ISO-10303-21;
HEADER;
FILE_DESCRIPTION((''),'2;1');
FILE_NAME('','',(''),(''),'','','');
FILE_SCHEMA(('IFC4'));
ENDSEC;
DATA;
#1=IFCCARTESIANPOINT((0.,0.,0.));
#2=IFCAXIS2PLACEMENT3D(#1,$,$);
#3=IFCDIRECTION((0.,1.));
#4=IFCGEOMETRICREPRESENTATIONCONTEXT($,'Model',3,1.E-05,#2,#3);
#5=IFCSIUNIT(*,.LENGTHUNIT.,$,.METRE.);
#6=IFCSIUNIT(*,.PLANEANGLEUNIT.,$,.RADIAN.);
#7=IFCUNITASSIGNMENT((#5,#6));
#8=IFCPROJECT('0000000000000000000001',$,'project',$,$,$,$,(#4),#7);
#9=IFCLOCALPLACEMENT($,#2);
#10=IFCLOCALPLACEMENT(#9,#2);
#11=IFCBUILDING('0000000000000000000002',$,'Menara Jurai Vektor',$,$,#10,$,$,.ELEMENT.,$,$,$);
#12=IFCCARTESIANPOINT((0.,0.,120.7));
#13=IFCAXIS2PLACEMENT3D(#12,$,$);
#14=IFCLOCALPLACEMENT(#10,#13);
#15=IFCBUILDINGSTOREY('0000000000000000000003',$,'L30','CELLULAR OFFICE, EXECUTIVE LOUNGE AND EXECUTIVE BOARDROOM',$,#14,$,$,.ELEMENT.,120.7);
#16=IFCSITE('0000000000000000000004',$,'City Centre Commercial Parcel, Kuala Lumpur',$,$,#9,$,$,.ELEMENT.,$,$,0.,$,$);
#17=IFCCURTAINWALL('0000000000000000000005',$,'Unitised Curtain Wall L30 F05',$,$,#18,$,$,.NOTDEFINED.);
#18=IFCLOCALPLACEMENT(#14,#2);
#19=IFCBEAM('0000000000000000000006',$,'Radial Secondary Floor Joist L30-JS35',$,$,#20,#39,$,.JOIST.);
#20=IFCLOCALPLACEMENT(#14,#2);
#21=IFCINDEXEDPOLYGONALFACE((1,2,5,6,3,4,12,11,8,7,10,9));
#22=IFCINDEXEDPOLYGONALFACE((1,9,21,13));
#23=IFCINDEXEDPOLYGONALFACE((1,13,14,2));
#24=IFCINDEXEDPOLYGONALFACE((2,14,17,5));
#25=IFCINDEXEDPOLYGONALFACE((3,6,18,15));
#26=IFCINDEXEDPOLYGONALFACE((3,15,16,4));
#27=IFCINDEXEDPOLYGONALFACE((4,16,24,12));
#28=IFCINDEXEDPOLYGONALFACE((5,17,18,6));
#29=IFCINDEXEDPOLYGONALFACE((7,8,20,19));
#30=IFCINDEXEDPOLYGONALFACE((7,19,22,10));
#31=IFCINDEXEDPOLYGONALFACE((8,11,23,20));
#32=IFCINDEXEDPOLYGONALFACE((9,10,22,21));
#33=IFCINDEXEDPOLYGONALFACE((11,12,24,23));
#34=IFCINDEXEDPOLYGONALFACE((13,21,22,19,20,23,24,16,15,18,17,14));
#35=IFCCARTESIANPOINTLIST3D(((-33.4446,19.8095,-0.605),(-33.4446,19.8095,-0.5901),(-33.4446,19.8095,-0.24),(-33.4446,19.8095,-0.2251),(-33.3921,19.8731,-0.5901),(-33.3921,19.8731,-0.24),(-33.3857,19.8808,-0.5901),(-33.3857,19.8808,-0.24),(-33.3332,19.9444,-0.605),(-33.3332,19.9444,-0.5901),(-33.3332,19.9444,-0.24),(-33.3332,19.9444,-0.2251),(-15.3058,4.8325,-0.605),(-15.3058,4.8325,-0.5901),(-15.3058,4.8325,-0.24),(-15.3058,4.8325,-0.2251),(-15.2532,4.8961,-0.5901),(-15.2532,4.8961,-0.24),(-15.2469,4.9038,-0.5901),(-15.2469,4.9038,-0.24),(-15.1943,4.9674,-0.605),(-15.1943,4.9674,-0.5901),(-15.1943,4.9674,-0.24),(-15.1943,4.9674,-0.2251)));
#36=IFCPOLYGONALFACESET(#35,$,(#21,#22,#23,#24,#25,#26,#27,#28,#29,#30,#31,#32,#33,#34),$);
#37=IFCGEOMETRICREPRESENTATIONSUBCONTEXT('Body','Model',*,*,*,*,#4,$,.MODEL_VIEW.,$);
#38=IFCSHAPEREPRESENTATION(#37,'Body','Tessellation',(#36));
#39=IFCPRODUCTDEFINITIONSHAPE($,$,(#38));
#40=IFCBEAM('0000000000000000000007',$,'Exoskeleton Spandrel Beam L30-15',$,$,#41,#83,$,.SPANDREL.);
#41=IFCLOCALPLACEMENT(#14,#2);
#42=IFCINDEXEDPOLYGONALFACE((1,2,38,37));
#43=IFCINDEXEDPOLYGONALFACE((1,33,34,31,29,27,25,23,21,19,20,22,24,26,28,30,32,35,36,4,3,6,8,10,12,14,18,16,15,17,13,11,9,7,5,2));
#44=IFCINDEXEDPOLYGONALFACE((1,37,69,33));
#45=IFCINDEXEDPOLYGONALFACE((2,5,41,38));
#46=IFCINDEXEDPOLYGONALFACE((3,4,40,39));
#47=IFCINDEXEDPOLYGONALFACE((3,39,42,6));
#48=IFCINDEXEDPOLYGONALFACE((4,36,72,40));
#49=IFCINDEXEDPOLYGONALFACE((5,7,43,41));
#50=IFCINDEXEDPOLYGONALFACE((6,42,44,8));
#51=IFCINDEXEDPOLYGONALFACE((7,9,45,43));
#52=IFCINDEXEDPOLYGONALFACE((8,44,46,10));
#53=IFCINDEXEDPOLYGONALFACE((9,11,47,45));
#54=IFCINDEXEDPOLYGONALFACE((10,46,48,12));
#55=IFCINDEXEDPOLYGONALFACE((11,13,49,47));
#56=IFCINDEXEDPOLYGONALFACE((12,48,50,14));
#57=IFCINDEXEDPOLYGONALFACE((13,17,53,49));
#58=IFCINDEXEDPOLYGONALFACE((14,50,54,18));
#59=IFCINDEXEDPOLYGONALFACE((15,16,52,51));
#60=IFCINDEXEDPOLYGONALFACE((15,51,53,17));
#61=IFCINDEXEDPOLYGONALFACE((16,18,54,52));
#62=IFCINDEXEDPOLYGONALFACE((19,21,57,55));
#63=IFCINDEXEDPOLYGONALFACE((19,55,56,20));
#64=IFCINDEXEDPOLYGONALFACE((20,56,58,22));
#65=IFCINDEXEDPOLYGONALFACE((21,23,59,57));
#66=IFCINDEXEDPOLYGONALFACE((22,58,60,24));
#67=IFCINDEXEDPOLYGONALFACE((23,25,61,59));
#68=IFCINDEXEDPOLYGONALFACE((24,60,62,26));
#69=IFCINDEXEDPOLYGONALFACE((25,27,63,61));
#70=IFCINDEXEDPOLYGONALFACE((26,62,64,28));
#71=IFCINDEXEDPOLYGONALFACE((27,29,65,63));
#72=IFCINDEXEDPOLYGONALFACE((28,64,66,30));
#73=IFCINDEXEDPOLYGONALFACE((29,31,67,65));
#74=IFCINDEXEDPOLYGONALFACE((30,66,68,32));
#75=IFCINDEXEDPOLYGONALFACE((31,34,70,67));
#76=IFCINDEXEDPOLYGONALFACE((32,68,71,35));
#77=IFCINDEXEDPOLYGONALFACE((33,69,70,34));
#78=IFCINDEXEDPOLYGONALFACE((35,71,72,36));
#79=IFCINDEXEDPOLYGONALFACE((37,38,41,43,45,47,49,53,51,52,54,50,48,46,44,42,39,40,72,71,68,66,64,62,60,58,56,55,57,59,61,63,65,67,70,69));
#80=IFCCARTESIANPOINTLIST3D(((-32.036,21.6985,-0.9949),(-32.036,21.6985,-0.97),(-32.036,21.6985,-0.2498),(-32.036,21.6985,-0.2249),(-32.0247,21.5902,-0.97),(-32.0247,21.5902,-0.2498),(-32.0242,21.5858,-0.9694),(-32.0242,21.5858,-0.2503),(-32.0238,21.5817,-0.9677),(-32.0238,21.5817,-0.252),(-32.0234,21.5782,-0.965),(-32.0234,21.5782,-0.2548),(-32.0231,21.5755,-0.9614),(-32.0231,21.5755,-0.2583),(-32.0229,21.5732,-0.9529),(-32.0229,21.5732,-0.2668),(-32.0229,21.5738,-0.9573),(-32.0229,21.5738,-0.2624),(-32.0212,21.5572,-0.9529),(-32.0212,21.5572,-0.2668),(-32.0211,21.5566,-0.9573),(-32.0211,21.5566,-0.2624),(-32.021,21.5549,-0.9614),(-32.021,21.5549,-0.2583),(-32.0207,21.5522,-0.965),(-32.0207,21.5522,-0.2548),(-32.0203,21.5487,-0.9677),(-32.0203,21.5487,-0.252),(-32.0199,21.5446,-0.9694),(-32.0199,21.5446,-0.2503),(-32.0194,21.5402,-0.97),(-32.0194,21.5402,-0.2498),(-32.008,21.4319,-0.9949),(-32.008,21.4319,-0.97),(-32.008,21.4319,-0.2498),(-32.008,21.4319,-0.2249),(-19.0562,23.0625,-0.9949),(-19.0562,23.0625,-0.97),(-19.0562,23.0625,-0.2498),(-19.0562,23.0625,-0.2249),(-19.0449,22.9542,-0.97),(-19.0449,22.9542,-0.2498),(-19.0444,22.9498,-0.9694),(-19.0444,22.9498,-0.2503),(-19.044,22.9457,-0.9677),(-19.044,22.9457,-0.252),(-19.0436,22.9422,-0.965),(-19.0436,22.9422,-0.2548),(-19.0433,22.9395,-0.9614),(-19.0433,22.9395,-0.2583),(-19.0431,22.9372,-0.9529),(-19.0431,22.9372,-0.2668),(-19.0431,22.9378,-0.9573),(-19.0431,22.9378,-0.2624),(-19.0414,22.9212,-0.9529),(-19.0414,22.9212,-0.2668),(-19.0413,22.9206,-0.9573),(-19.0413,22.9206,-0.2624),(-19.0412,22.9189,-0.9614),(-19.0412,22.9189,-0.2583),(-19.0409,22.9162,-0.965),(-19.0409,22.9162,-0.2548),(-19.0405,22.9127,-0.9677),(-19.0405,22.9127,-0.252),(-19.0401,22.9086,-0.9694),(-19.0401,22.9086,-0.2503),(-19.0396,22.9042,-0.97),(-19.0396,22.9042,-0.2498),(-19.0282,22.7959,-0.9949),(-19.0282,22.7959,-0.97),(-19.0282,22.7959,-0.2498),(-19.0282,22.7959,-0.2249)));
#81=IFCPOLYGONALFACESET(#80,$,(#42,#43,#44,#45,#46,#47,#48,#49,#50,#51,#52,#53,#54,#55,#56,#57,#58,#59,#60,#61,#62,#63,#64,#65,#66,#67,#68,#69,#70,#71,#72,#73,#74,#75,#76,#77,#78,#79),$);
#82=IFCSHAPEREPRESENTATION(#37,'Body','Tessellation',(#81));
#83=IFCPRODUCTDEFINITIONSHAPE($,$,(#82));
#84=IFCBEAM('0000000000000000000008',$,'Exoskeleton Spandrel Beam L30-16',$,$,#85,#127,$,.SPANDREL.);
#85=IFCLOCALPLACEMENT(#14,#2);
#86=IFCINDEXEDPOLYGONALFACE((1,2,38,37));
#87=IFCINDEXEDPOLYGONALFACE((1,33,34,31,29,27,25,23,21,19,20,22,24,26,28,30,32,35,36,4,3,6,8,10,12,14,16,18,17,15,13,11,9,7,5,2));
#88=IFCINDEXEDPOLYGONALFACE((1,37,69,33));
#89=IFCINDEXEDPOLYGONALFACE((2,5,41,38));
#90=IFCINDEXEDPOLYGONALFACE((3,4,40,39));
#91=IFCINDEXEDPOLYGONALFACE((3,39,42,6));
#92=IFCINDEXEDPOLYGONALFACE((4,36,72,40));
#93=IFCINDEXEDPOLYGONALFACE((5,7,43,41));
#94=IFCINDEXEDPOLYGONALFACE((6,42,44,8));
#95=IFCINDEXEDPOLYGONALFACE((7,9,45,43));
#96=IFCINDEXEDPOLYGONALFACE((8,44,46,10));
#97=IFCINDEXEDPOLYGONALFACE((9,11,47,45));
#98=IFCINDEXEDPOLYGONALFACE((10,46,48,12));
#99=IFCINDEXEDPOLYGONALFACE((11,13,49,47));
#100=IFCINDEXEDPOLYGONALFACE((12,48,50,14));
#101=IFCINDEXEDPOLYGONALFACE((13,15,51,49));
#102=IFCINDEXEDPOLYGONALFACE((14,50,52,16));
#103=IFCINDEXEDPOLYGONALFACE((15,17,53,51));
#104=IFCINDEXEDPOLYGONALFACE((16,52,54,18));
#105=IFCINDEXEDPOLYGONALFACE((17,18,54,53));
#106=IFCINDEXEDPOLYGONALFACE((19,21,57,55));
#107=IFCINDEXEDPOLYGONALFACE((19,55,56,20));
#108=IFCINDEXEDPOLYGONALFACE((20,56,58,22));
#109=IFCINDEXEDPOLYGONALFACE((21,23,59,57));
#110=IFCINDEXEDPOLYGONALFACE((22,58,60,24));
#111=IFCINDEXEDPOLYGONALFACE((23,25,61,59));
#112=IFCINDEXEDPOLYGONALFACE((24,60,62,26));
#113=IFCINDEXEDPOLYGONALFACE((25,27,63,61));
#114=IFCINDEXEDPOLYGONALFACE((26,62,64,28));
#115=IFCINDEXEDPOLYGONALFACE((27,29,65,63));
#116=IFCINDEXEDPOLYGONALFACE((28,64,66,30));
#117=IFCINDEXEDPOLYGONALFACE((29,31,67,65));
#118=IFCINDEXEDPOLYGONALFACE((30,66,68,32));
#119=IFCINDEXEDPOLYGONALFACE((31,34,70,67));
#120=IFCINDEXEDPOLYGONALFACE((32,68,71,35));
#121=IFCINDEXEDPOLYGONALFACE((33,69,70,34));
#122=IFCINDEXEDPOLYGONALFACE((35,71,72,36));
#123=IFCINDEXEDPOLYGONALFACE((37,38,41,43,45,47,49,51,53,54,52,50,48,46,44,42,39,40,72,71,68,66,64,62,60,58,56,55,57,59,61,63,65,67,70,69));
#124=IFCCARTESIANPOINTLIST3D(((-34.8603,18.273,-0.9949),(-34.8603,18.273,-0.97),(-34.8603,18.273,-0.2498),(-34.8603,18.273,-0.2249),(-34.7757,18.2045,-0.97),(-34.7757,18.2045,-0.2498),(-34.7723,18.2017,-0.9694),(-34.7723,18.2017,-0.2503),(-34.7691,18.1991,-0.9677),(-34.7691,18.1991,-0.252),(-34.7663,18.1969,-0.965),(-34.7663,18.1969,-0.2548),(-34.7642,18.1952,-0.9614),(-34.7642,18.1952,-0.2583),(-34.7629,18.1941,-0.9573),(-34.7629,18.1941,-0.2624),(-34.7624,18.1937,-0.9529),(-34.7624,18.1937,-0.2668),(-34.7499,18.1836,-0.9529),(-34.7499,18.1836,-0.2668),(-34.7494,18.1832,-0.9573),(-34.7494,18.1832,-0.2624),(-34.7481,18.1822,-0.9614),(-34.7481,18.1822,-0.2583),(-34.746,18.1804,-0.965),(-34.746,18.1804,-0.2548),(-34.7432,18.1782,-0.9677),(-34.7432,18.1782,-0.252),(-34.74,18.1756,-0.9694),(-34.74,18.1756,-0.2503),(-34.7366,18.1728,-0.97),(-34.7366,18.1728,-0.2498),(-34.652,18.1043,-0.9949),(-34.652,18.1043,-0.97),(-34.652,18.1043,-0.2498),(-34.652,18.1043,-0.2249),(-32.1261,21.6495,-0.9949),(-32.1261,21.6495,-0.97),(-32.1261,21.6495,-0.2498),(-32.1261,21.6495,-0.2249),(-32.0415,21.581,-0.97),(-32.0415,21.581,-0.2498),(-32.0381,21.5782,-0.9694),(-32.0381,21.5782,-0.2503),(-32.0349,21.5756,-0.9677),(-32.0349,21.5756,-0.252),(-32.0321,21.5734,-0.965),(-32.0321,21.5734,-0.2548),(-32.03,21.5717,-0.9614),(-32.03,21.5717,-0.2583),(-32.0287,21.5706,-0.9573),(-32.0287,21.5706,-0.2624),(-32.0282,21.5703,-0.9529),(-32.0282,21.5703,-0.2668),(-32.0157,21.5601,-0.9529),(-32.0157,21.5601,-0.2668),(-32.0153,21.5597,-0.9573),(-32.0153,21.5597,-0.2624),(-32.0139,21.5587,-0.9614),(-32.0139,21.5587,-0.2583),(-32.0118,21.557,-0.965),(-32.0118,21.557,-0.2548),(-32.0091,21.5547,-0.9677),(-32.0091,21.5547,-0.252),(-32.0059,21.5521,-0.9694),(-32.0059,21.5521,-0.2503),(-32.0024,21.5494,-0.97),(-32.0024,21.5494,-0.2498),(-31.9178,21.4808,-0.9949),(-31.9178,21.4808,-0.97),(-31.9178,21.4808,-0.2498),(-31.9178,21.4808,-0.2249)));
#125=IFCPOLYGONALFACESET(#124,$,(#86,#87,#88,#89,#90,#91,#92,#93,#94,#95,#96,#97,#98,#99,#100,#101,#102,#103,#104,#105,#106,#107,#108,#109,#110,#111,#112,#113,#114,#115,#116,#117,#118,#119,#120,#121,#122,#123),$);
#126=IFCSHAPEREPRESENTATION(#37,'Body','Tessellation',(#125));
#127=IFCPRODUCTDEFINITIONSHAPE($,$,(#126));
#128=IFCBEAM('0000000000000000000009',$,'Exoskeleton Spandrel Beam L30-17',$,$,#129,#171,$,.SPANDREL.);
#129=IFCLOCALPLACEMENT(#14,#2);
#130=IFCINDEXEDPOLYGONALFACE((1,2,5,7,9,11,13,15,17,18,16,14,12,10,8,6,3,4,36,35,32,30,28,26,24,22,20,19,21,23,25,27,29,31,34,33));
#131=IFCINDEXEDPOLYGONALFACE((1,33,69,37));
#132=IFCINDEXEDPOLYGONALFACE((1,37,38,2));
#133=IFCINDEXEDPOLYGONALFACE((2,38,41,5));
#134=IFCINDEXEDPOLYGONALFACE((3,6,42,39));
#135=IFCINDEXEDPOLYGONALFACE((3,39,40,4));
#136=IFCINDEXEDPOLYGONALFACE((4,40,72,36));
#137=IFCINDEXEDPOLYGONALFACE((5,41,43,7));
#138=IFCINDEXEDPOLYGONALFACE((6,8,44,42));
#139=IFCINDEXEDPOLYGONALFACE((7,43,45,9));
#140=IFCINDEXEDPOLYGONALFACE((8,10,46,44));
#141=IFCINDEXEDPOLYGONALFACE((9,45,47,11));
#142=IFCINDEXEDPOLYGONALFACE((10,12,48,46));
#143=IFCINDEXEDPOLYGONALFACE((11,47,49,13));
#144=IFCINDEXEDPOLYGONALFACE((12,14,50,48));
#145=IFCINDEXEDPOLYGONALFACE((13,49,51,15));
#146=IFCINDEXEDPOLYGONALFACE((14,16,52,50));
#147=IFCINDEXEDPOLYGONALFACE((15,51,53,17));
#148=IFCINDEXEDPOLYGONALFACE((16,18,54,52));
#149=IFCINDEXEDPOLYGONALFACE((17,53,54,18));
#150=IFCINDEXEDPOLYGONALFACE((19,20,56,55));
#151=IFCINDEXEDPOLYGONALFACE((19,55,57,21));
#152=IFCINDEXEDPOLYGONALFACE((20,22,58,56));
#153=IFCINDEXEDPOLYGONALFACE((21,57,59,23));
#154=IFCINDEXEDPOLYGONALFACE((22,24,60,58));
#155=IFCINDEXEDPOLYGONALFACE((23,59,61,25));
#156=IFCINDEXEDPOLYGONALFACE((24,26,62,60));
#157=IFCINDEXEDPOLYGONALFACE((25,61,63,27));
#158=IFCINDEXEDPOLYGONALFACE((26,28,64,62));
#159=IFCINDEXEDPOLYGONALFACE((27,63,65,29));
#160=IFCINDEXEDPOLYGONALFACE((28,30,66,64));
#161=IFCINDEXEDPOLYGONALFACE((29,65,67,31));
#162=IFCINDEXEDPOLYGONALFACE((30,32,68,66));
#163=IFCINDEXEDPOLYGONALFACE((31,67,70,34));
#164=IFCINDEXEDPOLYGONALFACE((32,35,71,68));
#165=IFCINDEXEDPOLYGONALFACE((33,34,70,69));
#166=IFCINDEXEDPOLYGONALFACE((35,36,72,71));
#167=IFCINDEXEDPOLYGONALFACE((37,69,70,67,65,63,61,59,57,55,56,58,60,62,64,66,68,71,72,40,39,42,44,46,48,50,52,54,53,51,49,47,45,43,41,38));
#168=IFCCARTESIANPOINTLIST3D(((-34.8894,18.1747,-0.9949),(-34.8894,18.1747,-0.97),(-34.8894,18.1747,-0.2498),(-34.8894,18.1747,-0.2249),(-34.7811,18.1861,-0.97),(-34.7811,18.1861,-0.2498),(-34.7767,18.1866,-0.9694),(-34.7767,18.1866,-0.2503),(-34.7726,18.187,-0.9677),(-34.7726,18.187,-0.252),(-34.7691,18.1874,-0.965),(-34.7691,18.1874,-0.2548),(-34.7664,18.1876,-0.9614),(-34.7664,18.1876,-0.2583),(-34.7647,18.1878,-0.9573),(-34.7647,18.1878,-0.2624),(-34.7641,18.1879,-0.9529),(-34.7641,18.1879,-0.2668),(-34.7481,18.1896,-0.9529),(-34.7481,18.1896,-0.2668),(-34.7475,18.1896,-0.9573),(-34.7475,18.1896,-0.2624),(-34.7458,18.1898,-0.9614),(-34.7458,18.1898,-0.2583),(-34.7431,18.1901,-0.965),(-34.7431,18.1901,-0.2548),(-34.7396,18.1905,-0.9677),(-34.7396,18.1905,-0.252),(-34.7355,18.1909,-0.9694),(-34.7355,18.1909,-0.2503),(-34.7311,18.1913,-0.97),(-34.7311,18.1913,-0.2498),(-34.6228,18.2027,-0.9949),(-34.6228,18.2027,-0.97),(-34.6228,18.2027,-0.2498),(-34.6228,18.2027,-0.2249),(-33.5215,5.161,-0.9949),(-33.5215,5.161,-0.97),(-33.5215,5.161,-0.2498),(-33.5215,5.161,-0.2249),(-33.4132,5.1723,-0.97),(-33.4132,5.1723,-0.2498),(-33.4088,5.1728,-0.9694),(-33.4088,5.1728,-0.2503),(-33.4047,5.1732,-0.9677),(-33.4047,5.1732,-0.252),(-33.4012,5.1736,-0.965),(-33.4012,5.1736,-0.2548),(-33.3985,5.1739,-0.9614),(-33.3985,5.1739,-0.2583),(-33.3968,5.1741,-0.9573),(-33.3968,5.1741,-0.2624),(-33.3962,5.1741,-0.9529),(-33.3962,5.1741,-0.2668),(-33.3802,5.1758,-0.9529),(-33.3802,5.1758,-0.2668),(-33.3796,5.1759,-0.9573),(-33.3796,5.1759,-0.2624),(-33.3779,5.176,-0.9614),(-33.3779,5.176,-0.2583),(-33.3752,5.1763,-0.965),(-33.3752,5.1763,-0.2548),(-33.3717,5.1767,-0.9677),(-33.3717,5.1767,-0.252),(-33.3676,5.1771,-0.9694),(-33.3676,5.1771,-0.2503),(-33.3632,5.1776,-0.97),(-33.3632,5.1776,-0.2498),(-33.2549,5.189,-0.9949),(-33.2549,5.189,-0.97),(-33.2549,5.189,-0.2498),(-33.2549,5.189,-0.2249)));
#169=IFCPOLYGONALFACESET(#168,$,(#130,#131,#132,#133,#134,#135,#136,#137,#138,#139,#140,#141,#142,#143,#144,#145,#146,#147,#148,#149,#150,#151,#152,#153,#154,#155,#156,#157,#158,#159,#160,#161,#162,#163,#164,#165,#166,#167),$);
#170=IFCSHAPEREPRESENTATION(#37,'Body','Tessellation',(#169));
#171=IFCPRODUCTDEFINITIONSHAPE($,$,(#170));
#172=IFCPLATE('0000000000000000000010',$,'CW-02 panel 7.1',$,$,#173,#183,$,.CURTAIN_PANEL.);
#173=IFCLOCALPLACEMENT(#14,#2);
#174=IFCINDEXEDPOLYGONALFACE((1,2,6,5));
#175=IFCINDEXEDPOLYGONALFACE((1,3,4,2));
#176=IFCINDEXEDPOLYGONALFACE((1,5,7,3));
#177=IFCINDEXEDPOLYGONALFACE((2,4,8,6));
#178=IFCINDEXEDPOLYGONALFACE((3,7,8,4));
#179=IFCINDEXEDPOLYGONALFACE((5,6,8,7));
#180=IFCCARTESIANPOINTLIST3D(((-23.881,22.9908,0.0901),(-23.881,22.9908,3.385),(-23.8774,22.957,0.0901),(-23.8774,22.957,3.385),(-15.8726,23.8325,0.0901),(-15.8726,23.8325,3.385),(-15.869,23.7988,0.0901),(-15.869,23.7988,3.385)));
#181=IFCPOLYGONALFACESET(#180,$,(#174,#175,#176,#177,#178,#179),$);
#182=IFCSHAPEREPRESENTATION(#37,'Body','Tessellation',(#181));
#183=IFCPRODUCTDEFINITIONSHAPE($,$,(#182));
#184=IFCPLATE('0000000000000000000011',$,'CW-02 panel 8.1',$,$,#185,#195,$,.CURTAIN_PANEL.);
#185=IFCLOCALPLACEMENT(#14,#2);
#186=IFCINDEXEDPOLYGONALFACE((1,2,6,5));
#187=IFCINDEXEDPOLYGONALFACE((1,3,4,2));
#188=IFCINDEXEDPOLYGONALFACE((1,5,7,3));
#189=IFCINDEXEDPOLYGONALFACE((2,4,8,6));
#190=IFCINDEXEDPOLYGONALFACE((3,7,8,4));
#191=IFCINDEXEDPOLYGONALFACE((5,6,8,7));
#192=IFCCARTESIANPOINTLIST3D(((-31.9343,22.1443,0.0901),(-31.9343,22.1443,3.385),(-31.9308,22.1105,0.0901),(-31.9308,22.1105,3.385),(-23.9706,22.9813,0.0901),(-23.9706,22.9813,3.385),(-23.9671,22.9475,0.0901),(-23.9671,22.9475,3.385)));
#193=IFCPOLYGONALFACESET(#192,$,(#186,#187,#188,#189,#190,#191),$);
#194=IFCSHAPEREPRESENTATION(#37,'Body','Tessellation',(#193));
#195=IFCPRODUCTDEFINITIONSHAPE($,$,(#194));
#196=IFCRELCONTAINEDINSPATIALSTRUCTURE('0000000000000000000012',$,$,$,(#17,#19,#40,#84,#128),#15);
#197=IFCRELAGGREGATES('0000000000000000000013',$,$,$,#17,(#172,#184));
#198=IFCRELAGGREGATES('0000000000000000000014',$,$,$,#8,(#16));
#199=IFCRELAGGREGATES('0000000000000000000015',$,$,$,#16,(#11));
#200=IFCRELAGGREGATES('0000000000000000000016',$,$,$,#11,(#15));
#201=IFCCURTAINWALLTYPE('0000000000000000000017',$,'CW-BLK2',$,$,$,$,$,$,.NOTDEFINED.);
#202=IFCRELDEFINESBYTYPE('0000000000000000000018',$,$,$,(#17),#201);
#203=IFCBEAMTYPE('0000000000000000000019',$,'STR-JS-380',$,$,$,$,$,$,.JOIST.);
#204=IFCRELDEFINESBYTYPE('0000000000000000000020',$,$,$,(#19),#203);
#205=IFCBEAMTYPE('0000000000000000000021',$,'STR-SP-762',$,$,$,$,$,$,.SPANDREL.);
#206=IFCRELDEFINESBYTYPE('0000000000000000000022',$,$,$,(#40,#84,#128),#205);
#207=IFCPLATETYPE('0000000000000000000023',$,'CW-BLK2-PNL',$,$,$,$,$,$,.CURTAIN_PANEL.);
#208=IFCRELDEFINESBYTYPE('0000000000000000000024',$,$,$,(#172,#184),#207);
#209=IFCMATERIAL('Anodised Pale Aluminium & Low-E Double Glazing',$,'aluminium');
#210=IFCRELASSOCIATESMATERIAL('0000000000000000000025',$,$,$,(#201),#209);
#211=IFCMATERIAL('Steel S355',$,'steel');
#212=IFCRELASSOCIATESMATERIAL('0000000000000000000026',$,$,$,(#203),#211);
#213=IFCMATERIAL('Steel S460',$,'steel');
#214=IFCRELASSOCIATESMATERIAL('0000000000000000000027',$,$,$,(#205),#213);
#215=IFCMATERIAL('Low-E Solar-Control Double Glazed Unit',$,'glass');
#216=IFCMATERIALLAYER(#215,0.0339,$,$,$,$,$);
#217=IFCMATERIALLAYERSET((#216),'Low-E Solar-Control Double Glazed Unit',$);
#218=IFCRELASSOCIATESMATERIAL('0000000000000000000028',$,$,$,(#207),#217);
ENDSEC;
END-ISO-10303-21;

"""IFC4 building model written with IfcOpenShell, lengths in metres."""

from ifc_helpers import new_model, si_unit, direction, frame, origin, origin_2d, place, context, subcontext, project, spatial, rectangle, i_section, extrude, material, layer, layer_set, material_profile, profile_set, type_object, element, aggregate, save


model = new_model("IFC4")

# Units and contexts
model_context = context("Model", 3, precision=1e-05, world=origin(), true_north=direction((0.0, 1.0)))
body_context = subcontext(model_context, "Body", "Model", "MODEL_VIEW")
ifc_project = project(units=[si_unit("LENGTHUNIT", "METRE"), si_unit("PLANEANGLEUNIT", "RADIAN")], contexts=[model_context])

# Site, building, storey
site_placement = place(None, origin())
site = spatial("IfcSite", under=ifc_project, at=site_placement, Name="City Centre Commercial Parcel, Kuala Lumpur", CompositionType="ELEMENT", RefElevation=0.0)
building_placement = place(site_placement, origin())
building = spatial("IfcBuilding", under=site, at=building_placement, Name="Menara Jurai Vektor", CompositionType="ELEMENT")
storey_placement = place(building_placement, frame((0.0, 0.0, 120.7)))
storey = spatial("IfcBuildingStorey", under=building, at=storey_placement, Name="L30", Description="CELLULAR OFFICE, EXECUTIVE LOUNGE AND EXECUTIVE BOARDROOM", CompositionType="ELEMENT", Elevation=120.7)

# Shared definitions
ifc_material_1 = material(Name="Steel S460", Category="steel")

# Curtain wall
ifc_material_2 = material(Name="Anodised Pale Aluminium & Low-E Double Glazing", Category="aluminium")
curtain_wall_type = type_object("IfcCurtainWallType", Name="CW-BLK2", PredefinedType="NOTDEFINED", material=ifc_material_2)
curtain_wall_1_placement = place(storey_placement, origin())
curtain_wall_1 = element("IfcCurtainWall", 1, at=curtain_wall_1_placement, inside=storey, type_object=curtain_wall_type, Name="Unitised Curtain Wall L30 F05", PredefinedType="NOTDEFINED")

# Shared definitions
ifc_material_3 = material(Name="Steel S355", Category="steel")

# Beams
ifc_material_profile_1 = material_profile(ifc_material_3, i_section(OverallWidth=0.175, OverallDepth=0.3799, WebThickness=0.01, FlangeThickness=0.0149, at=origin_2d()), Name="PG 380x175x58")
ifc_profile_set_1 = profile_set([ifc_material_profile_1], Name="Steel S355")
beam_type_1 = type_object("IfcBeamType", Name="STR-JS-380", PredefinedType="JOIST", material=ifc_profile_set_1)
beam_1_placement = place(storey_placement, frame((-33.3889, 19.877, -0.415), z_axis=(0.771114, -0.636698, 0.0), x_axis=(0.636698, 0.771114, 0.0)))
element("IfcBeam", 2, at=beam_1_placement, inside=storey, type_object=beam_type_1, Name="Radial Secondary Floor Joist L30-JS35", PredefinedType="JOIST", context=body_context, shape_type="SweptSolid", body=[
    extrude(i_section(OverallWidth=0.175, OverallDepth=0.3799, WebThickness=0.01, FlangeThickness=0.0149, at=origin_2d()), origin(), (0.0, 0.0, 1.0), 23.5229),
])
ifc_material_profile_2 = material_profile(ifc_material_1, i_section(OverallWidth=0.2681, OverallDepth=0.77, WebThickness=0.0161, FlangeThickness=0.0249, FilletRadius=0.0171, at=origin_2d()), Name="UKB 762x267x197")
ifc_profile_set_2 = profile_set([ifc_material_profile_2], Name="Steel S460")
beam_type_2 = type_object("IfcBeamType", Name="STR-SP-762", PredefinedType="SPANDREL", material=ifc_profile_set_2)
beam_2_placement = place(storey_placement, frame((-19.0422, 22.9292, -0.6099), z_axis=(-0.994524, -0.104512, 0.0), x_axis=(0.104512, -0.994524, 0.0)))
element("IfcBeam", 3, at=beam_2_placement, inside=storey, type_object=beam_type_2, Name="Exoskeleton Spandrel Beam L30-15", PredefinedType="SPANDREL", context=body_context, shape_type="SweptSolid", body=[
    extrude(i_section(OverallWidth=0.2681, OverallDepth=0.77, WebThickness=0.0161, FlangeThickness=0.0249, FilletRadius=0.0171, at=origin_2d()), origin(), (0.0, 0.0, 1.0), 13.0513),
])
beam_3_placement = place(storey_placement, frame((-32.022, 21.5652, -0.6099), z_axis=(-0.62931, -0.777155, 0.0), x_axis=(0.777155, -0.62931, 0.0)))
element("IfcBeam", 4, at=beam_3_placement, inside=storey, type_object=beam_type_2, Name="Exoskeleton Spandrel Beam L30-16", PredefinedType="SPANDREL", context=body_context, shape_type="SweptSolid", body=[
    extrude(i_section(OverallWidth=0.2681, OverallDepth=0.77, WebThickness=0.0161, FlangeThickness=0.0249, FilletRadius=0.0171, at=origin_2d()), origin(), (0.0, 0.0, 1.0), 4.3447),
])
beam_4_placement = place(storey_placement, frame((-34.7561, 18.1887, -0.6099), z_axis=(0.104538, -0.994521, 0.0), x_axis=(0.994521, 0.104538, 0.0)))
element("IfcBeam", 5, at=beam_4_placement, inside=storey, type_object=beam_type_2, Name="Exoskeleton Spandrel Beam L30-17", PredefinedType="SPANDREL", context=body_context, shape_type="SweptSolid", body=[
    extrude(i_section(OverallWidth=0.2681, OverallDepth=0.77, WebThickness=0.0161, FlangeThickness=0.0249, FilletRadius=0.0171, at=origin_2d()), origin(), (0.0, 0.0, 1.0), 13.0854),
])

# Plates
ifc_material_4 = material(Name="Low-E Solar-Control Double Glazed Unit", Category="glass")
ifc_layer_1 = layer(ifc_material_4, 0.0339)
ifc_layer_set_1 = layer_set([ifc_layer_1], Name="Low-E Solar-Control Double Glazed Unit")
plate_type_1 = type_object("IfcPlateType", Name="CW-BLK2-PNL", PredefinedType="CURTAIN_PANEL", material=ifc_layer_set_1)
plate_1_placement = place(storey_placement, frame((-19.875, 23.3948, 0.0901), z_axis=(0.0, 0.0, 1.0), x_axis=(-0.994522, -0.104529, 0.0)))
plate_1 = element("IfcPlate", 6, at=plate_1_placement, type_object=plate_type_1, Name="CW-02 panel 7.1", PredefinedType="CURTAIN_PANEL", context=body_context, shape_type="SweptSolid", body=[
    extrude(rectangle(XDim=8.0525, YDim=0.0339, at=origin_2d()), origin(), (0.0, 0.0, 1.0), 3.2949),
])
plate_2_placement = place(storey_placement, frame((-27.9507, 22.5459, 0.0901), z_axis=(0.0, 0.0, 1.0), x_axis=(-0.994522, -0.104529, 0.0)))
plate_2 = element("IfcPlate", 7, at=plate_2_placement, type_object=plate_type_1, Name="CW-02 panel 8.1", PredefinedType="CURTAIN_PANEL", context=body_context, shape_type="SweptSolid", body=[
    extrude(rectangle(XDim=8.0076, YDim=0.0339, at=origin_2d()), origin(), (0.0, 0.0, 1.0), 3.2949),
])
aggregate(curtain_wall_1, [plate_1, plate_2])

save(model, "model.ifc")
